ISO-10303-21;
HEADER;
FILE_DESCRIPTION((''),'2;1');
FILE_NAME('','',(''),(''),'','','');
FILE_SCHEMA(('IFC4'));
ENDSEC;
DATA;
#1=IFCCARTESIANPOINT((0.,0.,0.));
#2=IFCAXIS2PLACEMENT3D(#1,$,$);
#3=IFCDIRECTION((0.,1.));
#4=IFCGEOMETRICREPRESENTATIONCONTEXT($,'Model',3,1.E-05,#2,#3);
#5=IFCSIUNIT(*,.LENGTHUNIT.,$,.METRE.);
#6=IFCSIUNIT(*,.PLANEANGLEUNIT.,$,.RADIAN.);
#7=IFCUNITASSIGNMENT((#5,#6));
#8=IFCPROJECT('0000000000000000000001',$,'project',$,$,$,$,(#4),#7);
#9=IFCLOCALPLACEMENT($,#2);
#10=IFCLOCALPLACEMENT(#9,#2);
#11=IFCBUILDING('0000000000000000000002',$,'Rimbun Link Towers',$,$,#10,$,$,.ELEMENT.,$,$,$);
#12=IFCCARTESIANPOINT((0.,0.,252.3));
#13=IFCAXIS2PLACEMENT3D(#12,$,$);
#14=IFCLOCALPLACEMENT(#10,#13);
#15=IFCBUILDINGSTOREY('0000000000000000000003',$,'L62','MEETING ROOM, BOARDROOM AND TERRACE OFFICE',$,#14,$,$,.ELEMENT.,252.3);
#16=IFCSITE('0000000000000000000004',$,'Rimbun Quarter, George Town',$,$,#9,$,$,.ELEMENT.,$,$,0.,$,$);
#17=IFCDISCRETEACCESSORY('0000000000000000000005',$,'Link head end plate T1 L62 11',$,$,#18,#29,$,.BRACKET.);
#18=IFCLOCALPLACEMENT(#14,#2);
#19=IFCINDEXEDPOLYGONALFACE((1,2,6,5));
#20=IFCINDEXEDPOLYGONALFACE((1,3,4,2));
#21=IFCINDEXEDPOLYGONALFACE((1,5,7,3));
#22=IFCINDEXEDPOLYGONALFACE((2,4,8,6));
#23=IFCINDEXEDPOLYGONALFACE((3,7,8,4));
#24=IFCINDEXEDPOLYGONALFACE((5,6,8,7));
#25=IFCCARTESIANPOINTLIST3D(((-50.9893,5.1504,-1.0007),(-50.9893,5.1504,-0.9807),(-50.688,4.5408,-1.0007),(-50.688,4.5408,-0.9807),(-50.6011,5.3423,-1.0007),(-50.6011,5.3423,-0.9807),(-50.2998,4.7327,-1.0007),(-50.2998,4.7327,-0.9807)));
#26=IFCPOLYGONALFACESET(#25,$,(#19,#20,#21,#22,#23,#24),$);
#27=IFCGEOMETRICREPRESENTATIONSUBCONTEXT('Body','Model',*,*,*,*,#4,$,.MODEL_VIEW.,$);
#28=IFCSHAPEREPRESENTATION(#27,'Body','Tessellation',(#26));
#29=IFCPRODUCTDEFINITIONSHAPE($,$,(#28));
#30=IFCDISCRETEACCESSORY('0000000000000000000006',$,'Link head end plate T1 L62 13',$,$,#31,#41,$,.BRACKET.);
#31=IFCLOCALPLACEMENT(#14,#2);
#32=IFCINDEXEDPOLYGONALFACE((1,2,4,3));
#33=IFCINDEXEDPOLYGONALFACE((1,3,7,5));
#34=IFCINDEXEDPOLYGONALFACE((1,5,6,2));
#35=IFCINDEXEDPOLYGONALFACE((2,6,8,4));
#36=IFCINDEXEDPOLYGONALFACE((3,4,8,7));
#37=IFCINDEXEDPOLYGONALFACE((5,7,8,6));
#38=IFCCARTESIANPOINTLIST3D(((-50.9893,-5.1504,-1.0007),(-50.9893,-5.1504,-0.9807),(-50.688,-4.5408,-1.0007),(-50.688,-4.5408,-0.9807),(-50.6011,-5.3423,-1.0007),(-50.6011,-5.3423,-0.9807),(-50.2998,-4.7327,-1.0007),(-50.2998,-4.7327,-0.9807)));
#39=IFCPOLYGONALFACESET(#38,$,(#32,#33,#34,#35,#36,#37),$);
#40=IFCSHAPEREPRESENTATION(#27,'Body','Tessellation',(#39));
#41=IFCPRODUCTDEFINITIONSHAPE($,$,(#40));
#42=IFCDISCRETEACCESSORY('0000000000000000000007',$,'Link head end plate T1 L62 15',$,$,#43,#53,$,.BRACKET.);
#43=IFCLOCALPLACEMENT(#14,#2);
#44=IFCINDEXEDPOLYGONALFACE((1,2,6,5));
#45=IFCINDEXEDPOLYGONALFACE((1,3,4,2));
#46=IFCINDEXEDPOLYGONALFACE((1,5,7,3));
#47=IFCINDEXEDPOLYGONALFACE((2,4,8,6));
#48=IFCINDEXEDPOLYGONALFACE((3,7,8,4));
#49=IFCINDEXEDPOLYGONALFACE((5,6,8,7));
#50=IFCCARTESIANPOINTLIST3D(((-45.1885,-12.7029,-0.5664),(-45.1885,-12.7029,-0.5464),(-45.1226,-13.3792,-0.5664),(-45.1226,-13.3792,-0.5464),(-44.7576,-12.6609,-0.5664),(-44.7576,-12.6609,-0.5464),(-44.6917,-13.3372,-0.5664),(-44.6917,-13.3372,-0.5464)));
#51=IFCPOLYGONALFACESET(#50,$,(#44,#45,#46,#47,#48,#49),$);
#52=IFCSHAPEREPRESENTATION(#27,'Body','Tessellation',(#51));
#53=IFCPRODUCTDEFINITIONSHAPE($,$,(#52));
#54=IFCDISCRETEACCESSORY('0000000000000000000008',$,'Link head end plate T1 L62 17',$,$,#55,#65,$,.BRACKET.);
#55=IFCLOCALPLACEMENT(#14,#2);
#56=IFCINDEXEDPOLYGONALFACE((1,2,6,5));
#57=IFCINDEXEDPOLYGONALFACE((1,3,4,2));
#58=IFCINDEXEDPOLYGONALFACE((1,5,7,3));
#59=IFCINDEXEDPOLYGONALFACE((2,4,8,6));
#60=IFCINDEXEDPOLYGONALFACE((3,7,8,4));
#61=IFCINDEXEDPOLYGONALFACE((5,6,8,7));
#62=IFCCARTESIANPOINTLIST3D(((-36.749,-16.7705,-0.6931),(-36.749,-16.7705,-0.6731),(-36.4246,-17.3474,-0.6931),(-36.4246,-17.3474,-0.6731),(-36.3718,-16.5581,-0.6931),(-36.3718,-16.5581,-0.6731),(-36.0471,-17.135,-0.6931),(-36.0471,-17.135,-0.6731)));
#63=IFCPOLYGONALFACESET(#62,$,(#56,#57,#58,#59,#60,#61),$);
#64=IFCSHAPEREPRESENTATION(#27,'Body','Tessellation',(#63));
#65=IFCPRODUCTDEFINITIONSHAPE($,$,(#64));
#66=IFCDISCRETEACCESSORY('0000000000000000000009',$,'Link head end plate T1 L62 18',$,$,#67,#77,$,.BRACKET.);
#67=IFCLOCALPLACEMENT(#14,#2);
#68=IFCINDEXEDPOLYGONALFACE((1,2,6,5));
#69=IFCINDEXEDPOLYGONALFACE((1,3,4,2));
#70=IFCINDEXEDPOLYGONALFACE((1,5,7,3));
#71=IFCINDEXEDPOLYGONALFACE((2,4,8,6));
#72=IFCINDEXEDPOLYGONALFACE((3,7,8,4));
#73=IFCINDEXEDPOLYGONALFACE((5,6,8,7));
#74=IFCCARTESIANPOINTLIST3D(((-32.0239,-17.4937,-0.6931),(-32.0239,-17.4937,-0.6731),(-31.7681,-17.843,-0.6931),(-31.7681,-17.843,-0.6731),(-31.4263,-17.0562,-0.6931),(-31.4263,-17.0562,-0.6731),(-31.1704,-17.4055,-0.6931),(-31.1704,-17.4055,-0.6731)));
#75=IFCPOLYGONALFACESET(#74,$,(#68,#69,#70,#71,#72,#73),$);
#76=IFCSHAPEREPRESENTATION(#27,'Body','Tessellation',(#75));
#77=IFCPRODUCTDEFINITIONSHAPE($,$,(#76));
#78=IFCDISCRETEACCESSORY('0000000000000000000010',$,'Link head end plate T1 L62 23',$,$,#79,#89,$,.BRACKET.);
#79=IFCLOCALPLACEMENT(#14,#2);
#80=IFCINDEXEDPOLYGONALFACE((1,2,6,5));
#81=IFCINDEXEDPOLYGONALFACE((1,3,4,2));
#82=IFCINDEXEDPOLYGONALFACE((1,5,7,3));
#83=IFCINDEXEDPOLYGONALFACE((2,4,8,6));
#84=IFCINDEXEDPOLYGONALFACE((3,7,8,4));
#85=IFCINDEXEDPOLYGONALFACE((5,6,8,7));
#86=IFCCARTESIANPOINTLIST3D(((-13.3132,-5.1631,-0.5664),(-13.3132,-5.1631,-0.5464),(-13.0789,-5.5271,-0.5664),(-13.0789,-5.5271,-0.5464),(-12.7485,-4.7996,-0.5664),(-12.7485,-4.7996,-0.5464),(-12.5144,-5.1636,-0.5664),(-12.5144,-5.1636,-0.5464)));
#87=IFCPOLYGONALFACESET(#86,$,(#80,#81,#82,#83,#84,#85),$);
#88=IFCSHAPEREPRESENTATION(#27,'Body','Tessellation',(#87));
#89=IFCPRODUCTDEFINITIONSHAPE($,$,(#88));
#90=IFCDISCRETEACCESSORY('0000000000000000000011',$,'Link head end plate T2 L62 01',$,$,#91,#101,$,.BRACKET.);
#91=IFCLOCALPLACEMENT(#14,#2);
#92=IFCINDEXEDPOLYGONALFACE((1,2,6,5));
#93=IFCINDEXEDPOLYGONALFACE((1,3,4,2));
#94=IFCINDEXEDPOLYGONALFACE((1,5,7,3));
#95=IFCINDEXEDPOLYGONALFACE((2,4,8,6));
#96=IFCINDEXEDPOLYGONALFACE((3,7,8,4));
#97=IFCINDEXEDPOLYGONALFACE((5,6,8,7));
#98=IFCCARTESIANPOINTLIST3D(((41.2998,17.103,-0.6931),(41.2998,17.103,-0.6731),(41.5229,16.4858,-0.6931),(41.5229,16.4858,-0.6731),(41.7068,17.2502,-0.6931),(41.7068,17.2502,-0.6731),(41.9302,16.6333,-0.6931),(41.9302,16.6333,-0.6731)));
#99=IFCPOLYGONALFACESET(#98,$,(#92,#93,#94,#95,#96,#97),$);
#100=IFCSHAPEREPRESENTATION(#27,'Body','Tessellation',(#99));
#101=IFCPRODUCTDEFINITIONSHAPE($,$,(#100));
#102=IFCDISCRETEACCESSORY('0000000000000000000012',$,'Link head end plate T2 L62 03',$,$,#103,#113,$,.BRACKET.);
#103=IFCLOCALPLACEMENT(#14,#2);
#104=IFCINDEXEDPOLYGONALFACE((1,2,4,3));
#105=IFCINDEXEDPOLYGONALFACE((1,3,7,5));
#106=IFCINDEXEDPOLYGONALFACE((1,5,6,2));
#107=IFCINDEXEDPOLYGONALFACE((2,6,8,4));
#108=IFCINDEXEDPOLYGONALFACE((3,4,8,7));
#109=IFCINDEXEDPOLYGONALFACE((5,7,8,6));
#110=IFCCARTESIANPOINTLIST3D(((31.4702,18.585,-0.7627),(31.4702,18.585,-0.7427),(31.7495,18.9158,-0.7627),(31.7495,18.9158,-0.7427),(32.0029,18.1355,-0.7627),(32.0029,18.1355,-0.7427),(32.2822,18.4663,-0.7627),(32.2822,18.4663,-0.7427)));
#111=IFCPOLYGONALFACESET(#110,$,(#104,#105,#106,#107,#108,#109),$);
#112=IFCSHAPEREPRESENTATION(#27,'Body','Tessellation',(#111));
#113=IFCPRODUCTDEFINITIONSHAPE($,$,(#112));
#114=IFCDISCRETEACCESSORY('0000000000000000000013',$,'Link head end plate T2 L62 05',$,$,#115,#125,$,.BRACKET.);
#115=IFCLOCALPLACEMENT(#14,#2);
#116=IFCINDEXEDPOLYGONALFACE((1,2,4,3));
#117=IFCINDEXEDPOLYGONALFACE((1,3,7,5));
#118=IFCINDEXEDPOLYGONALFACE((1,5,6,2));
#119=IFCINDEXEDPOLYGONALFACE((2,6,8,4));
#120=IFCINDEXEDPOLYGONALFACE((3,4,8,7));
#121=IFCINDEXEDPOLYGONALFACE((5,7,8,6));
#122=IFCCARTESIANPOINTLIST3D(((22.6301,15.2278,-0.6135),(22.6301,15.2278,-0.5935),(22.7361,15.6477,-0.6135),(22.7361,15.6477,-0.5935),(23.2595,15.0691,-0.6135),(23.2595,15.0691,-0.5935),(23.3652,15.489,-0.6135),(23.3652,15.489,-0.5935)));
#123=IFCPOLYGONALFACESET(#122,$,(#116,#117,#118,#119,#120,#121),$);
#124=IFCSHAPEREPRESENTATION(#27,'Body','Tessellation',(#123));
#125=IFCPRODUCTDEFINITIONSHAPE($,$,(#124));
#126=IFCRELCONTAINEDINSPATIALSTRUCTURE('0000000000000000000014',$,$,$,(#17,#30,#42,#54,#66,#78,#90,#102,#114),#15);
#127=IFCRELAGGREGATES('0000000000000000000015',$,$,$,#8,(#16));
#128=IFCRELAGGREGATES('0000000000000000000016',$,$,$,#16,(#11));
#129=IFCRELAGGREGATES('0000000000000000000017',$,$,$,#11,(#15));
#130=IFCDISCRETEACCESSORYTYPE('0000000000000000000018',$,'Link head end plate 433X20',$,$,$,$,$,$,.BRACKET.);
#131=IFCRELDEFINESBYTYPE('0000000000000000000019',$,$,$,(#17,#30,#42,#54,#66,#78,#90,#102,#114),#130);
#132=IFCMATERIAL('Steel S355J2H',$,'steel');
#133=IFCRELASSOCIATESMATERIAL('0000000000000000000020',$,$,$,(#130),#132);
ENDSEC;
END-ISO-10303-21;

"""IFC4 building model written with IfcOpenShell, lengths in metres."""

from ifc_helpers import new_model, si_unit, direction, frame, origin, origin_2d, place, context, subcontext, project, spatial, polyline, rectangle, outline, extrude, material, material_profile, profile_set, type_object, element, save


model = new_model("IFC4")

# Units and contexts
model_context = context("Model", 3, precision=1e-05, world=origin(), true_north=direction((0.0, 1.0)))
body_context = subcontext(model_context, "Body", "Model", "MODEL_VIEW")
ifc_project = project(units=[si_unit("LENGTHUNIT", "METRE"), si_unit("PLANEANGLEUNIT", "RADIAN")], contexts=[model_context])

# Site, building, storey
site_placement = place(None, origin())
site = spatial("IfcSite", under=ifc_project, at=site_placement, Name="Rimbun Quarter, George Town", CompositionType="ELEMENT", RefElevation=0.0)
building_placement = place(site_placement, origin())
building = spatial("IfcBuilding", under=site, at=building_placement, Name="Rimbun Link Towers", CompositionType="ELEMENT")
storey_placement = place(building_placement, frame((0.0, 0.0, 252.3)))
storey = spatial("IfcBuildingStorey", under=building, at=storey_placement, Name="L62", Description="MEETING ROOM, BOARDROOM AND TERRACE OFFICE", CompositionType="ELEMENT", Elevation=252.3)

# Discrete accessories
ifc_material_1 = material(Name="Steel S355J2H", Category="steel")
ifc_material_profile = material_profile(ifc_material_1, rectangle(XDim=0.4331, YDim=0.4331, at=origin_2d()), Name="PL 433x433")
ifc_profile_set = profile_set([ifc_material_profile], Name="Steel S355J2H")
discrete_accessory_type = type_object("IfcDiscreteAccessoryType", Name="Link head end plate 433X20", PredefinedType="BRACKET", material=ifc_profile_set)
discrete_accessory_1_placement = place(storey_placement, frame((0.0, 0.0, -1.0007)))
element("IfcDiscreteAccessory", 1, at=discrete_accessory_1_placement, inside=storey, type_object=discrete_accessory_type, Name="Link head end plate T1 L62 11", PredefinedType="BRACKET", context=body_context, shape_type="SweptSolid", body=[
    extrude(outline(polyline([(-50.2998, 4.7327), (-50.6011, 5.3423), (-50.9893, 5.1504), (-50.688, 4.5408), (-50.2998, 4.7327)])), origin(), (0.0, 0.0, 1.0), 0.02),
])
discrete_accessory_2_placement = place(storey_placement, frame((0.0, 0.0, -1.0007)))
element("IfcDiscreteAccessory", 2, at=discrete_accessory_2_placement, inside=storey, type_object=discrete_accessory_type, Name="Link head end plate T1 L62 13", PredefinedType="BRACKET", context=body_context, shape_type="SweptSolid", body=[
    extrude(outline(polyline([(-50.688, -4.5408), (-50.9893, -5.1504), (-50.6011, -5.3423), (-50.2998, -4.7327), (-50.688, -4.5408)])), origin(), (0.0, 0.0, 1.0), 0.02),
])
discrete_accessory_3_placement = place(storey_placement, frame((0.0, 0.0, -0.5664)))
element("IfcDiscreteAccessory", 3, at=discrete_accessory_3_placement, inside=storey, type_object=discrete_accessory_type, Name="Link head end plate T1 L62 15", PredefinedType="BRACKET", context=body_context, shape_type="SweptSolid", body=[
    extrude(outline(polyline([(-45.1885, -12.7029), (-45.1226, -13.3792), (-44.6917, -13.3372), (-44.7576, -12.6609), (-45.1885, -12.7029)])), origin(), (0.0, 0.0, 1.0), 0.02),
])
discrete_accessory_4_placement = place(storey_placement, frame((0.0, 0.0, -0.6931)))
element("IfcDiscreteAccessory", 4, at=discrete_accessory_4_placement, inside=storey, type_object=discrete_accessory_type, Name="Link head end plate T1 L62 17", PredefinedType="BRACKET", context=body_context, shape_type="SweptSolid", body=[
    extrude(outline(polyline([(-36.749, -16.7705), (-36.4246, -17.3474), (-36.0471, -17.135), (-36.3718, -16.5581), (-36.749, -16.7705)])), origin(), (0.0, 0.0, 1.0), 0.02),
])
discrete_accessory_5_placement = place(storey_placement, frame((0.0, 0.0, -0.6931)))
element("IfcDiscreteAccessory", 5, at=discrete_accessory_5_placement, inside=storey, type_object=discrete_accessory_type, Name="Link head end plate T1 L62 18", PredefinedType="BRACKET", context=body_context, shape_type="SweptSolid", body=[
    extrude(outline(polyline([(-31.4263, -17.0562), (-32.0239, -17.4937), (-31.7681, -17.843), (-31.1704, -17.4055), (-31.4263, -17.0562)])), origin(), (0.0, 0.0, 1.0), 0.02),
])
discrete_accessory_6_placement = place(storey_placement, frame((0.0, 0.0, -0.5664)))
element("IfcDiscreteAccessory", 6, at=discrete_accessory_6_placement, inside=storey, type_object=discrete_accessory_type, Name="Link head end plate T1 L62 23", PredefinedType="BRACKET", context=body_context, shape_type="SweptSolid", body=[
    extrude(outline(polyline([(-13.0789, -5.5271), (-12.5144, -5.1636), (-12.7485, -4.7996), (-13.3132, -5.1631), (-13.0789, -5.5271)])), origin(), (0.0, 0.0, 1.0), 0.02),
])
discrete_accessory_7_placement = place(storey_placement, frame((0.0, 0.0, -0.6931)))
element("IfcDiscreteAccessory", 7, at=discrete_accessory_7_placement, inside=storey, type_object=discrete_accessory_type, Name="Link head end plate T2 L62 01", PredefinedType="BRACKET", context=body_context, shape_type="SweptSolid", body=[
    extrude(outline(polyline([(41.9302, 16.6333), (41.7068, 17.2502), (41.2998, 17.103), (41.5229, 16.4858), (41.9302, 16.6333)])), origin(), (0.0, 0.0, 1.0), 0.02),
])
discrete_accessory_8_placement = place(storey_placement, frame((0.0, 0.0, -0.7627)))
element("IfcDiscreteAccessory", 8, at=discrete_accessory_8_placement, inside=storey, type_object=discrete_accessory_type, Name="Link head end plate T2 L62 03", PredefinedType="BRACKET", context=body_context, shape_type="SweptSolid", body=[
    extrude(outline(polyline([(32.2822, 18.4663), (31.7495, 18.9158), (31.4702, 18.585), (32.0029, 18.1355), (32.2822, 18.4663)])), origin(), (0.0, 0.0, 1.0), 0.02),
])
discrete_accessory_9_placement = place(storey_placement, frame((0.0, 0.0, -0.6135)))
element("IfcDiscreteAccessory", 9, at=discrete_accessory_9_placement, inside=storey, type_object=discrete_accessory_type, Name="Link head end plate T2 L62 05", PredefinedType="BRACKET", context=body_context, shape_type="SweptSolid", body=[
    extrude(outline(polyline([(23.3652, 15.489), (22.7361, 15.6477), (22.6301, 15.2278), (23.2595, 15.0691), (23.3652, 15.489)])), origin(), (0.0, 0.0, 1.0), 0.02),
])

save(model, "model.ifc")
